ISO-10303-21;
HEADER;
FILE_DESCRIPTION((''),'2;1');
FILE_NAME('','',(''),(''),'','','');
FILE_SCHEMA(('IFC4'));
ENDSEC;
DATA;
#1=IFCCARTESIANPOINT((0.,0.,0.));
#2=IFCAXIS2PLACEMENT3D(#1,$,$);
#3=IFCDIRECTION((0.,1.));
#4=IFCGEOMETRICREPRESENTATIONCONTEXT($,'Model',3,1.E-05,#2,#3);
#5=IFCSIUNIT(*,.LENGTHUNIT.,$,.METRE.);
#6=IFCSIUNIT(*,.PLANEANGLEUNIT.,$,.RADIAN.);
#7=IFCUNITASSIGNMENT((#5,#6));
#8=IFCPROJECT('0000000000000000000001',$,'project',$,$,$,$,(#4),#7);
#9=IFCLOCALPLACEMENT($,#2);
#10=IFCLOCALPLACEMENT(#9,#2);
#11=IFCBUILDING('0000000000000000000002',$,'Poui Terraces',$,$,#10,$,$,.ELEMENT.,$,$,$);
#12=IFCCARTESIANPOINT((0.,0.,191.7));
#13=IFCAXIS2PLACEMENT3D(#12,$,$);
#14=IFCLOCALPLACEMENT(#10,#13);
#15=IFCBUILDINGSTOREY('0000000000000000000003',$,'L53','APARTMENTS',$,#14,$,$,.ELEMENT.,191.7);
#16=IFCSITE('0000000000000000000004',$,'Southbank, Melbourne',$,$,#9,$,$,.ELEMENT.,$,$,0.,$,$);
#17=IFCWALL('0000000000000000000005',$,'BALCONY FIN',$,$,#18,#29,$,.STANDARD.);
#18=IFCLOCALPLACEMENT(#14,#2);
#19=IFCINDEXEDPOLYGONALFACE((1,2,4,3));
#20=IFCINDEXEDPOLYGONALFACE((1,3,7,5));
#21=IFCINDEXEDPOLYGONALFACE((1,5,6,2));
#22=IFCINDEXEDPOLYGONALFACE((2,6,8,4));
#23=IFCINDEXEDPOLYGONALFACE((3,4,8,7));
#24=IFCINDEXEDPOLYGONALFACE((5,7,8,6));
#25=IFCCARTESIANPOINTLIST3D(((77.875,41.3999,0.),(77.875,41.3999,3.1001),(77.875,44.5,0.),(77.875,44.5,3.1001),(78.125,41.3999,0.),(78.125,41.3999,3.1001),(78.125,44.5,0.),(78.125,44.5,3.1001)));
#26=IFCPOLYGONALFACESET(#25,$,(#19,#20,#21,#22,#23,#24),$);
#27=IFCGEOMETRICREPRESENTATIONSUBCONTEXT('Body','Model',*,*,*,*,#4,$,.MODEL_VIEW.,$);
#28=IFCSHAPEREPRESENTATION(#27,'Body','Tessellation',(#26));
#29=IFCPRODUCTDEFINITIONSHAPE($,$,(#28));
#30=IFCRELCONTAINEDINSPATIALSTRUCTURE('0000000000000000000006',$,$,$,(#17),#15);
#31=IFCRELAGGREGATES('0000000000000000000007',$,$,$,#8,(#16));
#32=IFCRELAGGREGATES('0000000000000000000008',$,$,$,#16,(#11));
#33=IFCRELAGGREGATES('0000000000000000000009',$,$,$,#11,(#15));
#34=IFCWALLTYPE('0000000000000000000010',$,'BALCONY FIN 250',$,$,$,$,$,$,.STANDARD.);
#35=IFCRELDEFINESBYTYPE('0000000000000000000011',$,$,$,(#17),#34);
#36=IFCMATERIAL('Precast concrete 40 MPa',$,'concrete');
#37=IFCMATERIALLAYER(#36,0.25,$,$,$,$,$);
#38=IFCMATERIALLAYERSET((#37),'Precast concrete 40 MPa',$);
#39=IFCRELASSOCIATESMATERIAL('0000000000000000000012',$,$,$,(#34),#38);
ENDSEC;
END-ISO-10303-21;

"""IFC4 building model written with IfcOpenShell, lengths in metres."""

from ifc_helpers import new_model, si_unit, direction, frame, origin, place, context, subcontext, project, spatial, polyline, outline, extrude, source, transform, mapped, material, layer, layer_set, type_object, element, save


model = new_model("IFC4")

# Units and contexts
model_context = context("Model", 3, precision=1e-05, world=origin(), true_north=direction((0.0, 1.0)))
body_context = subcontext(model_context, "Body", "Model", "MODEL_VIEW")
ifc_project = project(units=[si_unit("LENGTHUNIT", "METRE"), si_unit("PLANEANGLEUNIT", "RADIAN")], contexts=[model_context])

# Site, building, storey
site_placement = place(None, origin())
site = spatial("IfcSite", under=ifc_project, at=site_placement, Name="Southbank, Melbourne", CompositionType="ELEMENT", RefElevation=0.0)
building_placement = place(site_placement, origin())
building = spatial("IfcBuilding", under=site, at=building_placement, Name="Poui Terraces", CompositionType="ELEMENT")
storey_placement = place(building_placement, frame((0.0, 0.0, 191.7)))
storey = spatial("IfcBuildingStorey", under=building, at=storey_placement, Name="L53", Description="APARTMENTS", CompositionType="ELEMENT", Elevation=191.7)

# Shared definitions
ifc_material_1 = material(Name="Precast concrete 40 MPa", Category="concrete")

# Wall
ifc_layer_1 = layer(ifc_material_1, 0.25)
ifc_layer_set_1 = layer_set([ifc_layer_1], Name="Precast concrete 40 MPa")
wall_type_1 = type_object("IfcWallType", Name="BALCONY FIN 250", PredefinedType="STANDARD", material=ifc_layer_set_1)
shared_shape_1 = source(origin(), body_context, "Body", "SweptSolid", [
    extrude(outline(polyline([(0.0, 0.0), (0.25, 0.0), (0.25, 3.1001), (0.0, 3.1001), (0.0, 0.0)])), origin(), (0.0, 0.0, 1.0), 3.1001),
])
wall_1_placement = place(storey_placement, frame((77.875, 41.3999, 0.0)))
element("IfcWall", 1, at=wall_1_placement, inside=storey, type_object=wall_type_1, Name="BALCONY FIN", PredefinedType="STANDARD", context=body_context, shape_type="MappedRepresentation", body=[
    mapped(shared_shape_1, transform((0.0, 0.0, 0.0))),
])

save(model, "model.ifc")
